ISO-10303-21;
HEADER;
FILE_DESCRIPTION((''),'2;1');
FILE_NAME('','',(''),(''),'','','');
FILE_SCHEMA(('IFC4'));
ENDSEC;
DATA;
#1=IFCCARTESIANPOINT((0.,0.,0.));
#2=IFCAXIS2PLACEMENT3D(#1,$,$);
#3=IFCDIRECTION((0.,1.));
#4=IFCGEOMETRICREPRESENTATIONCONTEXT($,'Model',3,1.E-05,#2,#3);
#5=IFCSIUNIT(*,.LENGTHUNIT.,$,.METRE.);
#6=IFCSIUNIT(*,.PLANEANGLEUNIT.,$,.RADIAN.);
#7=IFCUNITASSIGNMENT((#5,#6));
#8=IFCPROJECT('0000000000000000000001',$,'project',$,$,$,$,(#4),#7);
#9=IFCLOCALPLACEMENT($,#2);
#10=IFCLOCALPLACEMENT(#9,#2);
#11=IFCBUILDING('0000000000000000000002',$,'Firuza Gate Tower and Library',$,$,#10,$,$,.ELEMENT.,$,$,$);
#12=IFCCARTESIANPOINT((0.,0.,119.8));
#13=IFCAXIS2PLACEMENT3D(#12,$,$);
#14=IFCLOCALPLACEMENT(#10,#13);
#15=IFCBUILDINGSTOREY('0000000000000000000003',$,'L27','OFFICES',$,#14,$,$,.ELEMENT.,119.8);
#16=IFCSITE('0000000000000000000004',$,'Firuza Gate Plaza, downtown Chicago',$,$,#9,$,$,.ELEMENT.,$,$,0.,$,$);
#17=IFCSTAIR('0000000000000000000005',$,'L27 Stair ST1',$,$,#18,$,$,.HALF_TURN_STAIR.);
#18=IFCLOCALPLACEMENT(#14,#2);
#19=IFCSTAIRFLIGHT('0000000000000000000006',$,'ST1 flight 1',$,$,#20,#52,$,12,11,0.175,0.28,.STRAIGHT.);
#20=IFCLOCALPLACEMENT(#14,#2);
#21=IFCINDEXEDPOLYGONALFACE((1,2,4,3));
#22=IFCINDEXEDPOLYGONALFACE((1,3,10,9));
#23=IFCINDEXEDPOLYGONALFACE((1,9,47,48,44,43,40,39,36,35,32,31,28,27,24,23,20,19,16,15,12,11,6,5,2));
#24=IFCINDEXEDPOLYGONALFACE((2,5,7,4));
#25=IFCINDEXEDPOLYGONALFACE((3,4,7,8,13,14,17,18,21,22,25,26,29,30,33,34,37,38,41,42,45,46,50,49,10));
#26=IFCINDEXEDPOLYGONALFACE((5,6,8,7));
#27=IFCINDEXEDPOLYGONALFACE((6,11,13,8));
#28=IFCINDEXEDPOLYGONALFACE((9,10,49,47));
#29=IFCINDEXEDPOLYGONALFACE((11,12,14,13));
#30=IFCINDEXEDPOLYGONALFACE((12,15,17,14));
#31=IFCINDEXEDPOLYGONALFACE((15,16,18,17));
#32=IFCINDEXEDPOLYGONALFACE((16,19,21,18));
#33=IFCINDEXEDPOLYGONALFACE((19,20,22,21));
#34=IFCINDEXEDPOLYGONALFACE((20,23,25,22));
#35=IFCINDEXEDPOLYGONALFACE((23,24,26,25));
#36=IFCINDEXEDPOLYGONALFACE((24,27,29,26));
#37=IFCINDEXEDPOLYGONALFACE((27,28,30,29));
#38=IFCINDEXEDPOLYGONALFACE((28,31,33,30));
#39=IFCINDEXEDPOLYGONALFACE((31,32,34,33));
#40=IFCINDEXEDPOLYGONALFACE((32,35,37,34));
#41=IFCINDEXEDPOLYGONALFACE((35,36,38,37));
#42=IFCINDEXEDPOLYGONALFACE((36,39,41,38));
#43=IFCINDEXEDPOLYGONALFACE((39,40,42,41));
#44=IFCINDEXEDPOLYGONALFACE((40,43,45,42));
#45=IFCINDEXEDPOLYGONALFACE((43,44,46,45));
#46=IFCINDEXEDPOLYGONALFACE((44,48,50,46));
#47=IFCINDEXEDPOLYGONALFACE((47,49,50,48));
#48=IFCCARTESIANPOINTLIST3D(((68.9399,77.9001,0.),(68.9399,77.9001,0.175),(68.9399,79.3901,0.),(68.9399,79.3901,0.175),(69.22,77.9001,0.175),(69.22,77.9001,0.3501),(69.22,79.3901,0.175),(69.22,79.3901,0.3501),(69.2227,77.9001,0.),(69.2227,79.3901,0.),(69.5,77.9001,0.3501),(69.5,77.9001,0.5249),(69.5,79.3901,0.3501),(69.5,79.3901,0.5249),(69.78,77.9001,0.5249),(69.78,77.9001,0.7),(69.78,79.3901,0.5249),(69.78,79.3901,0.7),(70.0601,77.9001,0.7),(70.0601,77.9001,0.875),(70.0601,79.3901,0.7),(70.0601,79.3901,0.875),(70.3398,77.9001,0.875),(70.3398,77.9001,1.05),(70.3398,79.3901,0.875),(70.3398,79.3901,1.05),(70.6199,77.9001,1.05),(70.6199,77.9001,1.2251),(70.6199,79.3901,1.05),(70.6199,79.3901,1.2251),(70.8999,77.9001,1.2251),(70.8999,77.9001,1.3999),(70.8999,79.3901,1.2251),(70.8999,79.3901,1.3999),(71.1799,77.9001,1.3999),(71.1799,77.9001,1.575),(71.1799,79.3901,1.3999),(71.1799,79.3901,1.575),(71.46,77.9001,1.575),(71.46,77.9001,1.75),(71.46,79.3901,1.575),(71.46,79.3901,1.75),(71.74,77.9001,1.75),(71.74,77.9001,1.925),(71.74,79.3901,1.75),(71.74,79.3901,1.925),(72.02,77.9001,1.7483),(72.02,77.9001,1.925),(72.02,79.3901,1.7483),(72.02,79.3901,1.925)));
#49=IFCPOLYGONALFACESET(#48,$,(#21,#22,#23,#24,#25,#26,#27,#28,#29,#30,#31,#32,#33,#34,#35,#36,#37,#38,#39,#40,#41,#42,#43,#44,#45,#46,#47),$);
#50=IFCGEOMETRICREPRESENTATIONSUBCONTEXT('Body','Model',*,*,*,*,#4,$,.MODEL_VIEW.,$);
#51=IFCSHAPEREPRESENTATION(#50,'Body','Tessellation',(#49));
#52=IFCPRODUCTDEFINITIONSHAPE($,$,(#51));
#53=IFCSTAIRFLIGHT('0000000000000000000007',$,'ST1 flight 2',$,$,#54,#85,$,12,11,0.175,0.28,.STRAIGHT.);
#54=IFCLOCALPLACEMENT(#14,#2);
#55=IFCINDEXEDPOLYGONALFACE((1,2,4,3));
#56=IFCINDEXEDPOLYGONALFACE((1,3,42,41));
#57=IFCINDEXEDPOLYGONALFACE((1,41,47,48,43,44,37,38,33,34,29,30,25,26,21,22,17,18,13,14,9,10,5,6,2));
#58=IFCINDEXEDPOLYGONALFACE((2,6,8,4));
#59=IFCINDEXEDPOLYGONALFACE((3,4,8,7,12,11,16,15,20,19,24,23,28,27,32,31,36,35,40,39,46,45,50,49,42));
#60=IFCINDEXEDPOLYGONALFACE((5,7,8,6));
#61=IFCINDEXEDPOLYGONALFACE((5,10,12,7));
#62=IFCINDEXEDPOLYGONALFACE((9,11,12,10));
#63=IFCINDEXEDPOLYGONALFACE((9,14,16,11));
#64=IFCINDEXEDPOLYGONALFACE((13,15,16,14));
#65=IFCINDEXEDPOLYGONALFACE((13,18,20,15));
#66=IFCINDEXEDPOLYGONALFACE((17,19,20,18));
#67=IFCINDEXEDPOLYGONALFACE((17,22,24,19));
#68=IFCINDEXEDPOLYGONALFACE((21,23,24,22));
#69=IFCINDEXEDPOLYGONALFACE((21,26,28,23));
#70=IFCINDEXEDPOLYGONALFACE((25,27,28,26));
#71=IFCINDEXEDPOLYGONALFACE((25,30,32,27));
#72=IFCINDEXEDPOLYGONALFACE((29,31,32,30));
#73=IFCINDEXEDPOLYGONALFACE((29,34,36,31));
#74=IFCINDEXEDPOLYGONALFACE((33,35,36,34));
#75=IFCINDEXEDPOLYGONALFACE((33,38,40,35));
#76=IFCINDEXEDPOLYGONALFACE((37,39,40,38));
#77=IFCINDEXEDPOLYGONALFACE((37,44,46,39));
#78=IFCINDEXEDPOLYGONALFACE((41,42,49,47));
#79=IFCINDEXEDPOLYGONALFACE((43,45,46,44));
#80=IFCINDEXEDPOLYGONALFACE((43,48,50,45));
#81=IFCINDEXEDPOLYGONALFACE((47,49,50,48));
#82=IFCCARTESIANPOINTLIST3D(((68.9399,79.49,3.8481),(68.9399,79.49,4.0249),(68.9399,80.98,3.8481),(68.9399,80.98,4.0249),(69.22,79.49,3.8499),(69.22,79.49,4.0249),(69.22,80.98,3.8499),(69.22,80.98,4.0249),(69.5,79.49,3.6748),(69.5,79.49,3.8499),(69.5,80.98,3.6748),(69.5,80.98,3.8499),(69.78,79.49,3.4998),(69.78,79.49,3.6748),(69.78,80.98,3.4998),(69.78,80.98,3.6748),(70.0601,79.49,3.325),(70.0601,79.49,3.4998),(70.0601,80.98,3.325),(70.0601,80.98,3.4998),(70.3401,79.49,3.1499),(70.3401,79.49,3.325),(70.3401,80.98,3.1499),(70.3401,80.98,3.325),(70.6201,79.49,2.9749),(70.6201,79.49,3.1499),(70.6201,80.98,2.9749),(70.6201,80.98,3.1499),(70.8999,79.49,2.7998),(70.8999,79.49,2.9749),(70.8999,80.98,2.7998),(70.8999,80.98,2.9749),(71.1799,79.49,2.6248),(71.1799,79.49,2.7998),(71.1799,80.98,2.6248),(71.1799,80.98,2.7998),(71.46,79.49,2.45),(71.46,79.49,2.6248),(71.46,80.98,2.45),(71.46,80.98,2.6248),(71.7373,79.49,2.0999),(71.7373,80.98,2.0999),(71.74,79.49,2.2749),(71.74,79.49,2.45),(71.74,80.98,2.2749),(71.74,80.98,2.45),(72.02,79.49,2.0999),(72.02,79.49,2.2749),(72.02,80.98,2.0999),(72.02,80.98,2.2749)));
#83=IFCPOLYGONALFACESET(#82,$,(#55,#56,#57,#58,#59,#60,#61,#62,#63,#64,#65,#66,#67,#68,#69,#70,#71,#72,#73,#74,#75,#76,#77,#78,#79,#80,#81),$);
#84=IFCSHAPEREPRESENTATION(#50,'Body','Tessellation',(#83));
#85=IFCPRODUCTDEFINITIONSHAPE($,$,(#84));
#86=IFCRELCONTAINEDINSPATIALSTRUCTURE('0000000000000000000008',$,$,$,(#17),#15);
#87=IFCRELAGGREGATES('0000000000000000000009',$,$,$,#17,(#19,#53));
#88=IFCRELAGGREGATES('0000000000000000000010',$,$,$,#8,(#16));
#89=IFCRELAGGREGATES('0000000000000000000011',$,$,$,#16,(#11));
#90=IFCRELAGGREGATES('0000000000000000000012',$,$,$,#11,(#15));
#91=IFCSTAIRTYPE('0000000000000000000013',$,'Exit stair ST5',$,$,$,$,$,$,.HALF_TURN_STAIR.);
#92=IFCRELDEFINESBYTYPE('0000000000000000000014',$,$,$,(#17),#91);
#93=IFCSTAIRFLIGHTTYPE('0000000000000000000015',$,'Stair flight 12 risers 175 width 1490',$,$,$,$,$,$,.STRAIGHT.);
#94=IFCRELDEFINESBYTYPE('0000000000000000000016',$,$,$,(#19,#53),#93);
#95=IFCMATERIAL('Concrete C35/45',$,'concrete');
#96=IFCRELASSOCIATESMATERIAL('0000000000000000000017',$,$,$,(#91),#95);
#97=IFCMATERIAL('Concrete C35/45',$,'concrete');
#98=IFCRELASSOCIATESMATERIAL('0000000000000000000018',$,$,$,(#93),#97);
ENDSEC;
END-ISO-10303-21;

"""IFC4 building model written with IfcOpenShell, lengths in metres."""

from ifc_helpers import new_model, si_unit, direction, frame, origin, place, context, subcontext, project, spatial, polyline, outline, extrude, material, type_object, element, aggregate, save


model = new_model("IFC4")

# Units and contexts
model_context = context("Model", 3, precision=1e-05, world=origin(), true_north=direction((0.0, 1.0)))
body_context = subcontext(model_context, "Body", "Model", "MODEL_VIEW")
ifc_project = project(units=[si_unit("LENGTHUNIT", "METRE"), si_unit("PLANEANGLEUNIT", "RADIAN")], contexts=[model_context])

# Site, building, storey
site_placement = place(None, origin())
site = spatial("IfcSite", under=ifc_project, at=site_placement, Name="Firuza Gate Plaza, downtown Chicago", CompositionType="ELEMENT", RefElevation=0.0)
building_placement = place(site_placement, origin())
building = spatial("IfcBuilding", under=site, at=building_placement, Name="Firuza Gate Tower and Library", CompositionType="ELEMENT")
storey_placement = place(building_placement, frame((0.0, 0.0, 119.8)))
storey = spatial("IfcBuildingStorey", under=building, at=storey_placement, Name="L27", Description="OFFICES", CompositionType="ELEMENT", Elevation=119.8)

# Stair, stair flights
ifc_material_1 = material(Name="Concrete C35/45", Category="concrete")
stair_type = type_object("IfcStairType", Name="Exit stair ST5", PredefinedType="HALF_TURN_STAIR", material=ifc_material_1)
stair_placement = place(storey_placement, origin())
stair = element("IfcStair", 1, at=stair_placement, inside=storey, type_object=stair_type, Name="L27 Stair ST1", PredefinedType="HALF_TURN_STAIR")
ifc_material_2 = material(Name="Concrete C35/45", Category="concrete")
stair_flight_type = type_object("IfcStairFlightType", Name="Stair flight 12 risers 175 width 1490", PredefinedType="STRAIGHT", material=ifc_material_2)
stair_flight_1_placement = place(storey_placement, frame((68.9399, 78.645, 0.0), z_axis=(0.0, 0.0, 1.0), x_axis=(1.0, 0.0, 0.0)))
stair_flight_1 = element("IfcStairFlight", 2, at=stair_flight_1_placement, type_object=stair_flight_type, Name="ST1 flight 1", NumberOfRisers=12, NumberOfTreads=11, PredefinedType="STRAIGHT", RiserHeight=0.175, TreadLength=0.28, context=body_context, shape_type="SweptSolid", body=[
    extrude(outline(polyline([(0.0, 0.0), (0.0, 0.175), (0.28, 0.175), (0.28, 0.3501), (0.5601, 0.3501), (0.5601, 0.5249), (0.8401, 0.5249), (0.8401, 0.7), (1.1201, 0.7), (1.1201, 0.875), (1.3999, 0.875), (1.3999, 1.05), (1.6799, 1.05), (1.6799, 1.2251), (1.96, 1.2251), (1.96, 1.3999), (2.24, 1.3999), (2.24, 1.575), (2.52, 1.575), (2.52, 1.75), (2.8, 1.75), (2.8, 1.925), (3.0801, 1.925), (3.0801, 2.1001), (3.0801, 1.7483), (0.2827, 0.0), (0.0, 0.0)])), frame((0.0, 0.7451, 0.0), z_axis=(0.0, -1.0, 0.0), x_axis=(1.0, 0.0, 0.0)), (0.0, 0.0, 1.0), 1.49),
])
stair_flight_2_placement = place(storey_placement, frame((72.02, 80.2351, 2.0999), z_axis=(0.0, 0.0, 1.0), x_axis=(-1.0, 0.0, 0.0)))
stair_flight_2 = element("IfcStairFlight", 3, at=stair_flight_2_placement, type_object=stair_flight_type, Name="ST1 flight 2", NumberOfRisers=12, NumberOfTreads=11, PredefinedType="STRAIGHT", RiserHeight=0.175, TreadLength=0.28, context=body_context, shape_type="SweptSolid", body=[
    extrude(outline(polyline([(0.0, 0.0), (0.0, 0.175), (0.28, 0.175), (0.28, 0.3501), (0.5601, 0.3501), (0.5601, 0.5249), (0.8401, 0.5249), (0.8401, 0.7), (1.1201, 0.7), (1.1201, 0.875), (1.3999, 0.875), (1.3999, 1.05), (1.6799, 1.05), (1.6799, 1.2251), (1.96, 1.2251), (1.96, 1.3999), (2.24, 1.3999), (2.24, 1.575), (2.52, 1.575), (2.52, 1.75), (2.8, 1.75), (2.8, 1.925), (3.0801, 1.925), (3.0801, 2.1001), (3.0801, 1.7483), (0.2827, 0.0), (0.0, 0.0)])), frame((0.0, 0.7451, 0.0), z_axis=(0.0, -1.0, 0.0), x_axis=(1.0, 0.0, 0.0)), (0.0, 0.0, 1.0), 1.49),
])
aggregate(stair, [stair_flight_1, stair_flight_2])

save(model, "model.ifc")
